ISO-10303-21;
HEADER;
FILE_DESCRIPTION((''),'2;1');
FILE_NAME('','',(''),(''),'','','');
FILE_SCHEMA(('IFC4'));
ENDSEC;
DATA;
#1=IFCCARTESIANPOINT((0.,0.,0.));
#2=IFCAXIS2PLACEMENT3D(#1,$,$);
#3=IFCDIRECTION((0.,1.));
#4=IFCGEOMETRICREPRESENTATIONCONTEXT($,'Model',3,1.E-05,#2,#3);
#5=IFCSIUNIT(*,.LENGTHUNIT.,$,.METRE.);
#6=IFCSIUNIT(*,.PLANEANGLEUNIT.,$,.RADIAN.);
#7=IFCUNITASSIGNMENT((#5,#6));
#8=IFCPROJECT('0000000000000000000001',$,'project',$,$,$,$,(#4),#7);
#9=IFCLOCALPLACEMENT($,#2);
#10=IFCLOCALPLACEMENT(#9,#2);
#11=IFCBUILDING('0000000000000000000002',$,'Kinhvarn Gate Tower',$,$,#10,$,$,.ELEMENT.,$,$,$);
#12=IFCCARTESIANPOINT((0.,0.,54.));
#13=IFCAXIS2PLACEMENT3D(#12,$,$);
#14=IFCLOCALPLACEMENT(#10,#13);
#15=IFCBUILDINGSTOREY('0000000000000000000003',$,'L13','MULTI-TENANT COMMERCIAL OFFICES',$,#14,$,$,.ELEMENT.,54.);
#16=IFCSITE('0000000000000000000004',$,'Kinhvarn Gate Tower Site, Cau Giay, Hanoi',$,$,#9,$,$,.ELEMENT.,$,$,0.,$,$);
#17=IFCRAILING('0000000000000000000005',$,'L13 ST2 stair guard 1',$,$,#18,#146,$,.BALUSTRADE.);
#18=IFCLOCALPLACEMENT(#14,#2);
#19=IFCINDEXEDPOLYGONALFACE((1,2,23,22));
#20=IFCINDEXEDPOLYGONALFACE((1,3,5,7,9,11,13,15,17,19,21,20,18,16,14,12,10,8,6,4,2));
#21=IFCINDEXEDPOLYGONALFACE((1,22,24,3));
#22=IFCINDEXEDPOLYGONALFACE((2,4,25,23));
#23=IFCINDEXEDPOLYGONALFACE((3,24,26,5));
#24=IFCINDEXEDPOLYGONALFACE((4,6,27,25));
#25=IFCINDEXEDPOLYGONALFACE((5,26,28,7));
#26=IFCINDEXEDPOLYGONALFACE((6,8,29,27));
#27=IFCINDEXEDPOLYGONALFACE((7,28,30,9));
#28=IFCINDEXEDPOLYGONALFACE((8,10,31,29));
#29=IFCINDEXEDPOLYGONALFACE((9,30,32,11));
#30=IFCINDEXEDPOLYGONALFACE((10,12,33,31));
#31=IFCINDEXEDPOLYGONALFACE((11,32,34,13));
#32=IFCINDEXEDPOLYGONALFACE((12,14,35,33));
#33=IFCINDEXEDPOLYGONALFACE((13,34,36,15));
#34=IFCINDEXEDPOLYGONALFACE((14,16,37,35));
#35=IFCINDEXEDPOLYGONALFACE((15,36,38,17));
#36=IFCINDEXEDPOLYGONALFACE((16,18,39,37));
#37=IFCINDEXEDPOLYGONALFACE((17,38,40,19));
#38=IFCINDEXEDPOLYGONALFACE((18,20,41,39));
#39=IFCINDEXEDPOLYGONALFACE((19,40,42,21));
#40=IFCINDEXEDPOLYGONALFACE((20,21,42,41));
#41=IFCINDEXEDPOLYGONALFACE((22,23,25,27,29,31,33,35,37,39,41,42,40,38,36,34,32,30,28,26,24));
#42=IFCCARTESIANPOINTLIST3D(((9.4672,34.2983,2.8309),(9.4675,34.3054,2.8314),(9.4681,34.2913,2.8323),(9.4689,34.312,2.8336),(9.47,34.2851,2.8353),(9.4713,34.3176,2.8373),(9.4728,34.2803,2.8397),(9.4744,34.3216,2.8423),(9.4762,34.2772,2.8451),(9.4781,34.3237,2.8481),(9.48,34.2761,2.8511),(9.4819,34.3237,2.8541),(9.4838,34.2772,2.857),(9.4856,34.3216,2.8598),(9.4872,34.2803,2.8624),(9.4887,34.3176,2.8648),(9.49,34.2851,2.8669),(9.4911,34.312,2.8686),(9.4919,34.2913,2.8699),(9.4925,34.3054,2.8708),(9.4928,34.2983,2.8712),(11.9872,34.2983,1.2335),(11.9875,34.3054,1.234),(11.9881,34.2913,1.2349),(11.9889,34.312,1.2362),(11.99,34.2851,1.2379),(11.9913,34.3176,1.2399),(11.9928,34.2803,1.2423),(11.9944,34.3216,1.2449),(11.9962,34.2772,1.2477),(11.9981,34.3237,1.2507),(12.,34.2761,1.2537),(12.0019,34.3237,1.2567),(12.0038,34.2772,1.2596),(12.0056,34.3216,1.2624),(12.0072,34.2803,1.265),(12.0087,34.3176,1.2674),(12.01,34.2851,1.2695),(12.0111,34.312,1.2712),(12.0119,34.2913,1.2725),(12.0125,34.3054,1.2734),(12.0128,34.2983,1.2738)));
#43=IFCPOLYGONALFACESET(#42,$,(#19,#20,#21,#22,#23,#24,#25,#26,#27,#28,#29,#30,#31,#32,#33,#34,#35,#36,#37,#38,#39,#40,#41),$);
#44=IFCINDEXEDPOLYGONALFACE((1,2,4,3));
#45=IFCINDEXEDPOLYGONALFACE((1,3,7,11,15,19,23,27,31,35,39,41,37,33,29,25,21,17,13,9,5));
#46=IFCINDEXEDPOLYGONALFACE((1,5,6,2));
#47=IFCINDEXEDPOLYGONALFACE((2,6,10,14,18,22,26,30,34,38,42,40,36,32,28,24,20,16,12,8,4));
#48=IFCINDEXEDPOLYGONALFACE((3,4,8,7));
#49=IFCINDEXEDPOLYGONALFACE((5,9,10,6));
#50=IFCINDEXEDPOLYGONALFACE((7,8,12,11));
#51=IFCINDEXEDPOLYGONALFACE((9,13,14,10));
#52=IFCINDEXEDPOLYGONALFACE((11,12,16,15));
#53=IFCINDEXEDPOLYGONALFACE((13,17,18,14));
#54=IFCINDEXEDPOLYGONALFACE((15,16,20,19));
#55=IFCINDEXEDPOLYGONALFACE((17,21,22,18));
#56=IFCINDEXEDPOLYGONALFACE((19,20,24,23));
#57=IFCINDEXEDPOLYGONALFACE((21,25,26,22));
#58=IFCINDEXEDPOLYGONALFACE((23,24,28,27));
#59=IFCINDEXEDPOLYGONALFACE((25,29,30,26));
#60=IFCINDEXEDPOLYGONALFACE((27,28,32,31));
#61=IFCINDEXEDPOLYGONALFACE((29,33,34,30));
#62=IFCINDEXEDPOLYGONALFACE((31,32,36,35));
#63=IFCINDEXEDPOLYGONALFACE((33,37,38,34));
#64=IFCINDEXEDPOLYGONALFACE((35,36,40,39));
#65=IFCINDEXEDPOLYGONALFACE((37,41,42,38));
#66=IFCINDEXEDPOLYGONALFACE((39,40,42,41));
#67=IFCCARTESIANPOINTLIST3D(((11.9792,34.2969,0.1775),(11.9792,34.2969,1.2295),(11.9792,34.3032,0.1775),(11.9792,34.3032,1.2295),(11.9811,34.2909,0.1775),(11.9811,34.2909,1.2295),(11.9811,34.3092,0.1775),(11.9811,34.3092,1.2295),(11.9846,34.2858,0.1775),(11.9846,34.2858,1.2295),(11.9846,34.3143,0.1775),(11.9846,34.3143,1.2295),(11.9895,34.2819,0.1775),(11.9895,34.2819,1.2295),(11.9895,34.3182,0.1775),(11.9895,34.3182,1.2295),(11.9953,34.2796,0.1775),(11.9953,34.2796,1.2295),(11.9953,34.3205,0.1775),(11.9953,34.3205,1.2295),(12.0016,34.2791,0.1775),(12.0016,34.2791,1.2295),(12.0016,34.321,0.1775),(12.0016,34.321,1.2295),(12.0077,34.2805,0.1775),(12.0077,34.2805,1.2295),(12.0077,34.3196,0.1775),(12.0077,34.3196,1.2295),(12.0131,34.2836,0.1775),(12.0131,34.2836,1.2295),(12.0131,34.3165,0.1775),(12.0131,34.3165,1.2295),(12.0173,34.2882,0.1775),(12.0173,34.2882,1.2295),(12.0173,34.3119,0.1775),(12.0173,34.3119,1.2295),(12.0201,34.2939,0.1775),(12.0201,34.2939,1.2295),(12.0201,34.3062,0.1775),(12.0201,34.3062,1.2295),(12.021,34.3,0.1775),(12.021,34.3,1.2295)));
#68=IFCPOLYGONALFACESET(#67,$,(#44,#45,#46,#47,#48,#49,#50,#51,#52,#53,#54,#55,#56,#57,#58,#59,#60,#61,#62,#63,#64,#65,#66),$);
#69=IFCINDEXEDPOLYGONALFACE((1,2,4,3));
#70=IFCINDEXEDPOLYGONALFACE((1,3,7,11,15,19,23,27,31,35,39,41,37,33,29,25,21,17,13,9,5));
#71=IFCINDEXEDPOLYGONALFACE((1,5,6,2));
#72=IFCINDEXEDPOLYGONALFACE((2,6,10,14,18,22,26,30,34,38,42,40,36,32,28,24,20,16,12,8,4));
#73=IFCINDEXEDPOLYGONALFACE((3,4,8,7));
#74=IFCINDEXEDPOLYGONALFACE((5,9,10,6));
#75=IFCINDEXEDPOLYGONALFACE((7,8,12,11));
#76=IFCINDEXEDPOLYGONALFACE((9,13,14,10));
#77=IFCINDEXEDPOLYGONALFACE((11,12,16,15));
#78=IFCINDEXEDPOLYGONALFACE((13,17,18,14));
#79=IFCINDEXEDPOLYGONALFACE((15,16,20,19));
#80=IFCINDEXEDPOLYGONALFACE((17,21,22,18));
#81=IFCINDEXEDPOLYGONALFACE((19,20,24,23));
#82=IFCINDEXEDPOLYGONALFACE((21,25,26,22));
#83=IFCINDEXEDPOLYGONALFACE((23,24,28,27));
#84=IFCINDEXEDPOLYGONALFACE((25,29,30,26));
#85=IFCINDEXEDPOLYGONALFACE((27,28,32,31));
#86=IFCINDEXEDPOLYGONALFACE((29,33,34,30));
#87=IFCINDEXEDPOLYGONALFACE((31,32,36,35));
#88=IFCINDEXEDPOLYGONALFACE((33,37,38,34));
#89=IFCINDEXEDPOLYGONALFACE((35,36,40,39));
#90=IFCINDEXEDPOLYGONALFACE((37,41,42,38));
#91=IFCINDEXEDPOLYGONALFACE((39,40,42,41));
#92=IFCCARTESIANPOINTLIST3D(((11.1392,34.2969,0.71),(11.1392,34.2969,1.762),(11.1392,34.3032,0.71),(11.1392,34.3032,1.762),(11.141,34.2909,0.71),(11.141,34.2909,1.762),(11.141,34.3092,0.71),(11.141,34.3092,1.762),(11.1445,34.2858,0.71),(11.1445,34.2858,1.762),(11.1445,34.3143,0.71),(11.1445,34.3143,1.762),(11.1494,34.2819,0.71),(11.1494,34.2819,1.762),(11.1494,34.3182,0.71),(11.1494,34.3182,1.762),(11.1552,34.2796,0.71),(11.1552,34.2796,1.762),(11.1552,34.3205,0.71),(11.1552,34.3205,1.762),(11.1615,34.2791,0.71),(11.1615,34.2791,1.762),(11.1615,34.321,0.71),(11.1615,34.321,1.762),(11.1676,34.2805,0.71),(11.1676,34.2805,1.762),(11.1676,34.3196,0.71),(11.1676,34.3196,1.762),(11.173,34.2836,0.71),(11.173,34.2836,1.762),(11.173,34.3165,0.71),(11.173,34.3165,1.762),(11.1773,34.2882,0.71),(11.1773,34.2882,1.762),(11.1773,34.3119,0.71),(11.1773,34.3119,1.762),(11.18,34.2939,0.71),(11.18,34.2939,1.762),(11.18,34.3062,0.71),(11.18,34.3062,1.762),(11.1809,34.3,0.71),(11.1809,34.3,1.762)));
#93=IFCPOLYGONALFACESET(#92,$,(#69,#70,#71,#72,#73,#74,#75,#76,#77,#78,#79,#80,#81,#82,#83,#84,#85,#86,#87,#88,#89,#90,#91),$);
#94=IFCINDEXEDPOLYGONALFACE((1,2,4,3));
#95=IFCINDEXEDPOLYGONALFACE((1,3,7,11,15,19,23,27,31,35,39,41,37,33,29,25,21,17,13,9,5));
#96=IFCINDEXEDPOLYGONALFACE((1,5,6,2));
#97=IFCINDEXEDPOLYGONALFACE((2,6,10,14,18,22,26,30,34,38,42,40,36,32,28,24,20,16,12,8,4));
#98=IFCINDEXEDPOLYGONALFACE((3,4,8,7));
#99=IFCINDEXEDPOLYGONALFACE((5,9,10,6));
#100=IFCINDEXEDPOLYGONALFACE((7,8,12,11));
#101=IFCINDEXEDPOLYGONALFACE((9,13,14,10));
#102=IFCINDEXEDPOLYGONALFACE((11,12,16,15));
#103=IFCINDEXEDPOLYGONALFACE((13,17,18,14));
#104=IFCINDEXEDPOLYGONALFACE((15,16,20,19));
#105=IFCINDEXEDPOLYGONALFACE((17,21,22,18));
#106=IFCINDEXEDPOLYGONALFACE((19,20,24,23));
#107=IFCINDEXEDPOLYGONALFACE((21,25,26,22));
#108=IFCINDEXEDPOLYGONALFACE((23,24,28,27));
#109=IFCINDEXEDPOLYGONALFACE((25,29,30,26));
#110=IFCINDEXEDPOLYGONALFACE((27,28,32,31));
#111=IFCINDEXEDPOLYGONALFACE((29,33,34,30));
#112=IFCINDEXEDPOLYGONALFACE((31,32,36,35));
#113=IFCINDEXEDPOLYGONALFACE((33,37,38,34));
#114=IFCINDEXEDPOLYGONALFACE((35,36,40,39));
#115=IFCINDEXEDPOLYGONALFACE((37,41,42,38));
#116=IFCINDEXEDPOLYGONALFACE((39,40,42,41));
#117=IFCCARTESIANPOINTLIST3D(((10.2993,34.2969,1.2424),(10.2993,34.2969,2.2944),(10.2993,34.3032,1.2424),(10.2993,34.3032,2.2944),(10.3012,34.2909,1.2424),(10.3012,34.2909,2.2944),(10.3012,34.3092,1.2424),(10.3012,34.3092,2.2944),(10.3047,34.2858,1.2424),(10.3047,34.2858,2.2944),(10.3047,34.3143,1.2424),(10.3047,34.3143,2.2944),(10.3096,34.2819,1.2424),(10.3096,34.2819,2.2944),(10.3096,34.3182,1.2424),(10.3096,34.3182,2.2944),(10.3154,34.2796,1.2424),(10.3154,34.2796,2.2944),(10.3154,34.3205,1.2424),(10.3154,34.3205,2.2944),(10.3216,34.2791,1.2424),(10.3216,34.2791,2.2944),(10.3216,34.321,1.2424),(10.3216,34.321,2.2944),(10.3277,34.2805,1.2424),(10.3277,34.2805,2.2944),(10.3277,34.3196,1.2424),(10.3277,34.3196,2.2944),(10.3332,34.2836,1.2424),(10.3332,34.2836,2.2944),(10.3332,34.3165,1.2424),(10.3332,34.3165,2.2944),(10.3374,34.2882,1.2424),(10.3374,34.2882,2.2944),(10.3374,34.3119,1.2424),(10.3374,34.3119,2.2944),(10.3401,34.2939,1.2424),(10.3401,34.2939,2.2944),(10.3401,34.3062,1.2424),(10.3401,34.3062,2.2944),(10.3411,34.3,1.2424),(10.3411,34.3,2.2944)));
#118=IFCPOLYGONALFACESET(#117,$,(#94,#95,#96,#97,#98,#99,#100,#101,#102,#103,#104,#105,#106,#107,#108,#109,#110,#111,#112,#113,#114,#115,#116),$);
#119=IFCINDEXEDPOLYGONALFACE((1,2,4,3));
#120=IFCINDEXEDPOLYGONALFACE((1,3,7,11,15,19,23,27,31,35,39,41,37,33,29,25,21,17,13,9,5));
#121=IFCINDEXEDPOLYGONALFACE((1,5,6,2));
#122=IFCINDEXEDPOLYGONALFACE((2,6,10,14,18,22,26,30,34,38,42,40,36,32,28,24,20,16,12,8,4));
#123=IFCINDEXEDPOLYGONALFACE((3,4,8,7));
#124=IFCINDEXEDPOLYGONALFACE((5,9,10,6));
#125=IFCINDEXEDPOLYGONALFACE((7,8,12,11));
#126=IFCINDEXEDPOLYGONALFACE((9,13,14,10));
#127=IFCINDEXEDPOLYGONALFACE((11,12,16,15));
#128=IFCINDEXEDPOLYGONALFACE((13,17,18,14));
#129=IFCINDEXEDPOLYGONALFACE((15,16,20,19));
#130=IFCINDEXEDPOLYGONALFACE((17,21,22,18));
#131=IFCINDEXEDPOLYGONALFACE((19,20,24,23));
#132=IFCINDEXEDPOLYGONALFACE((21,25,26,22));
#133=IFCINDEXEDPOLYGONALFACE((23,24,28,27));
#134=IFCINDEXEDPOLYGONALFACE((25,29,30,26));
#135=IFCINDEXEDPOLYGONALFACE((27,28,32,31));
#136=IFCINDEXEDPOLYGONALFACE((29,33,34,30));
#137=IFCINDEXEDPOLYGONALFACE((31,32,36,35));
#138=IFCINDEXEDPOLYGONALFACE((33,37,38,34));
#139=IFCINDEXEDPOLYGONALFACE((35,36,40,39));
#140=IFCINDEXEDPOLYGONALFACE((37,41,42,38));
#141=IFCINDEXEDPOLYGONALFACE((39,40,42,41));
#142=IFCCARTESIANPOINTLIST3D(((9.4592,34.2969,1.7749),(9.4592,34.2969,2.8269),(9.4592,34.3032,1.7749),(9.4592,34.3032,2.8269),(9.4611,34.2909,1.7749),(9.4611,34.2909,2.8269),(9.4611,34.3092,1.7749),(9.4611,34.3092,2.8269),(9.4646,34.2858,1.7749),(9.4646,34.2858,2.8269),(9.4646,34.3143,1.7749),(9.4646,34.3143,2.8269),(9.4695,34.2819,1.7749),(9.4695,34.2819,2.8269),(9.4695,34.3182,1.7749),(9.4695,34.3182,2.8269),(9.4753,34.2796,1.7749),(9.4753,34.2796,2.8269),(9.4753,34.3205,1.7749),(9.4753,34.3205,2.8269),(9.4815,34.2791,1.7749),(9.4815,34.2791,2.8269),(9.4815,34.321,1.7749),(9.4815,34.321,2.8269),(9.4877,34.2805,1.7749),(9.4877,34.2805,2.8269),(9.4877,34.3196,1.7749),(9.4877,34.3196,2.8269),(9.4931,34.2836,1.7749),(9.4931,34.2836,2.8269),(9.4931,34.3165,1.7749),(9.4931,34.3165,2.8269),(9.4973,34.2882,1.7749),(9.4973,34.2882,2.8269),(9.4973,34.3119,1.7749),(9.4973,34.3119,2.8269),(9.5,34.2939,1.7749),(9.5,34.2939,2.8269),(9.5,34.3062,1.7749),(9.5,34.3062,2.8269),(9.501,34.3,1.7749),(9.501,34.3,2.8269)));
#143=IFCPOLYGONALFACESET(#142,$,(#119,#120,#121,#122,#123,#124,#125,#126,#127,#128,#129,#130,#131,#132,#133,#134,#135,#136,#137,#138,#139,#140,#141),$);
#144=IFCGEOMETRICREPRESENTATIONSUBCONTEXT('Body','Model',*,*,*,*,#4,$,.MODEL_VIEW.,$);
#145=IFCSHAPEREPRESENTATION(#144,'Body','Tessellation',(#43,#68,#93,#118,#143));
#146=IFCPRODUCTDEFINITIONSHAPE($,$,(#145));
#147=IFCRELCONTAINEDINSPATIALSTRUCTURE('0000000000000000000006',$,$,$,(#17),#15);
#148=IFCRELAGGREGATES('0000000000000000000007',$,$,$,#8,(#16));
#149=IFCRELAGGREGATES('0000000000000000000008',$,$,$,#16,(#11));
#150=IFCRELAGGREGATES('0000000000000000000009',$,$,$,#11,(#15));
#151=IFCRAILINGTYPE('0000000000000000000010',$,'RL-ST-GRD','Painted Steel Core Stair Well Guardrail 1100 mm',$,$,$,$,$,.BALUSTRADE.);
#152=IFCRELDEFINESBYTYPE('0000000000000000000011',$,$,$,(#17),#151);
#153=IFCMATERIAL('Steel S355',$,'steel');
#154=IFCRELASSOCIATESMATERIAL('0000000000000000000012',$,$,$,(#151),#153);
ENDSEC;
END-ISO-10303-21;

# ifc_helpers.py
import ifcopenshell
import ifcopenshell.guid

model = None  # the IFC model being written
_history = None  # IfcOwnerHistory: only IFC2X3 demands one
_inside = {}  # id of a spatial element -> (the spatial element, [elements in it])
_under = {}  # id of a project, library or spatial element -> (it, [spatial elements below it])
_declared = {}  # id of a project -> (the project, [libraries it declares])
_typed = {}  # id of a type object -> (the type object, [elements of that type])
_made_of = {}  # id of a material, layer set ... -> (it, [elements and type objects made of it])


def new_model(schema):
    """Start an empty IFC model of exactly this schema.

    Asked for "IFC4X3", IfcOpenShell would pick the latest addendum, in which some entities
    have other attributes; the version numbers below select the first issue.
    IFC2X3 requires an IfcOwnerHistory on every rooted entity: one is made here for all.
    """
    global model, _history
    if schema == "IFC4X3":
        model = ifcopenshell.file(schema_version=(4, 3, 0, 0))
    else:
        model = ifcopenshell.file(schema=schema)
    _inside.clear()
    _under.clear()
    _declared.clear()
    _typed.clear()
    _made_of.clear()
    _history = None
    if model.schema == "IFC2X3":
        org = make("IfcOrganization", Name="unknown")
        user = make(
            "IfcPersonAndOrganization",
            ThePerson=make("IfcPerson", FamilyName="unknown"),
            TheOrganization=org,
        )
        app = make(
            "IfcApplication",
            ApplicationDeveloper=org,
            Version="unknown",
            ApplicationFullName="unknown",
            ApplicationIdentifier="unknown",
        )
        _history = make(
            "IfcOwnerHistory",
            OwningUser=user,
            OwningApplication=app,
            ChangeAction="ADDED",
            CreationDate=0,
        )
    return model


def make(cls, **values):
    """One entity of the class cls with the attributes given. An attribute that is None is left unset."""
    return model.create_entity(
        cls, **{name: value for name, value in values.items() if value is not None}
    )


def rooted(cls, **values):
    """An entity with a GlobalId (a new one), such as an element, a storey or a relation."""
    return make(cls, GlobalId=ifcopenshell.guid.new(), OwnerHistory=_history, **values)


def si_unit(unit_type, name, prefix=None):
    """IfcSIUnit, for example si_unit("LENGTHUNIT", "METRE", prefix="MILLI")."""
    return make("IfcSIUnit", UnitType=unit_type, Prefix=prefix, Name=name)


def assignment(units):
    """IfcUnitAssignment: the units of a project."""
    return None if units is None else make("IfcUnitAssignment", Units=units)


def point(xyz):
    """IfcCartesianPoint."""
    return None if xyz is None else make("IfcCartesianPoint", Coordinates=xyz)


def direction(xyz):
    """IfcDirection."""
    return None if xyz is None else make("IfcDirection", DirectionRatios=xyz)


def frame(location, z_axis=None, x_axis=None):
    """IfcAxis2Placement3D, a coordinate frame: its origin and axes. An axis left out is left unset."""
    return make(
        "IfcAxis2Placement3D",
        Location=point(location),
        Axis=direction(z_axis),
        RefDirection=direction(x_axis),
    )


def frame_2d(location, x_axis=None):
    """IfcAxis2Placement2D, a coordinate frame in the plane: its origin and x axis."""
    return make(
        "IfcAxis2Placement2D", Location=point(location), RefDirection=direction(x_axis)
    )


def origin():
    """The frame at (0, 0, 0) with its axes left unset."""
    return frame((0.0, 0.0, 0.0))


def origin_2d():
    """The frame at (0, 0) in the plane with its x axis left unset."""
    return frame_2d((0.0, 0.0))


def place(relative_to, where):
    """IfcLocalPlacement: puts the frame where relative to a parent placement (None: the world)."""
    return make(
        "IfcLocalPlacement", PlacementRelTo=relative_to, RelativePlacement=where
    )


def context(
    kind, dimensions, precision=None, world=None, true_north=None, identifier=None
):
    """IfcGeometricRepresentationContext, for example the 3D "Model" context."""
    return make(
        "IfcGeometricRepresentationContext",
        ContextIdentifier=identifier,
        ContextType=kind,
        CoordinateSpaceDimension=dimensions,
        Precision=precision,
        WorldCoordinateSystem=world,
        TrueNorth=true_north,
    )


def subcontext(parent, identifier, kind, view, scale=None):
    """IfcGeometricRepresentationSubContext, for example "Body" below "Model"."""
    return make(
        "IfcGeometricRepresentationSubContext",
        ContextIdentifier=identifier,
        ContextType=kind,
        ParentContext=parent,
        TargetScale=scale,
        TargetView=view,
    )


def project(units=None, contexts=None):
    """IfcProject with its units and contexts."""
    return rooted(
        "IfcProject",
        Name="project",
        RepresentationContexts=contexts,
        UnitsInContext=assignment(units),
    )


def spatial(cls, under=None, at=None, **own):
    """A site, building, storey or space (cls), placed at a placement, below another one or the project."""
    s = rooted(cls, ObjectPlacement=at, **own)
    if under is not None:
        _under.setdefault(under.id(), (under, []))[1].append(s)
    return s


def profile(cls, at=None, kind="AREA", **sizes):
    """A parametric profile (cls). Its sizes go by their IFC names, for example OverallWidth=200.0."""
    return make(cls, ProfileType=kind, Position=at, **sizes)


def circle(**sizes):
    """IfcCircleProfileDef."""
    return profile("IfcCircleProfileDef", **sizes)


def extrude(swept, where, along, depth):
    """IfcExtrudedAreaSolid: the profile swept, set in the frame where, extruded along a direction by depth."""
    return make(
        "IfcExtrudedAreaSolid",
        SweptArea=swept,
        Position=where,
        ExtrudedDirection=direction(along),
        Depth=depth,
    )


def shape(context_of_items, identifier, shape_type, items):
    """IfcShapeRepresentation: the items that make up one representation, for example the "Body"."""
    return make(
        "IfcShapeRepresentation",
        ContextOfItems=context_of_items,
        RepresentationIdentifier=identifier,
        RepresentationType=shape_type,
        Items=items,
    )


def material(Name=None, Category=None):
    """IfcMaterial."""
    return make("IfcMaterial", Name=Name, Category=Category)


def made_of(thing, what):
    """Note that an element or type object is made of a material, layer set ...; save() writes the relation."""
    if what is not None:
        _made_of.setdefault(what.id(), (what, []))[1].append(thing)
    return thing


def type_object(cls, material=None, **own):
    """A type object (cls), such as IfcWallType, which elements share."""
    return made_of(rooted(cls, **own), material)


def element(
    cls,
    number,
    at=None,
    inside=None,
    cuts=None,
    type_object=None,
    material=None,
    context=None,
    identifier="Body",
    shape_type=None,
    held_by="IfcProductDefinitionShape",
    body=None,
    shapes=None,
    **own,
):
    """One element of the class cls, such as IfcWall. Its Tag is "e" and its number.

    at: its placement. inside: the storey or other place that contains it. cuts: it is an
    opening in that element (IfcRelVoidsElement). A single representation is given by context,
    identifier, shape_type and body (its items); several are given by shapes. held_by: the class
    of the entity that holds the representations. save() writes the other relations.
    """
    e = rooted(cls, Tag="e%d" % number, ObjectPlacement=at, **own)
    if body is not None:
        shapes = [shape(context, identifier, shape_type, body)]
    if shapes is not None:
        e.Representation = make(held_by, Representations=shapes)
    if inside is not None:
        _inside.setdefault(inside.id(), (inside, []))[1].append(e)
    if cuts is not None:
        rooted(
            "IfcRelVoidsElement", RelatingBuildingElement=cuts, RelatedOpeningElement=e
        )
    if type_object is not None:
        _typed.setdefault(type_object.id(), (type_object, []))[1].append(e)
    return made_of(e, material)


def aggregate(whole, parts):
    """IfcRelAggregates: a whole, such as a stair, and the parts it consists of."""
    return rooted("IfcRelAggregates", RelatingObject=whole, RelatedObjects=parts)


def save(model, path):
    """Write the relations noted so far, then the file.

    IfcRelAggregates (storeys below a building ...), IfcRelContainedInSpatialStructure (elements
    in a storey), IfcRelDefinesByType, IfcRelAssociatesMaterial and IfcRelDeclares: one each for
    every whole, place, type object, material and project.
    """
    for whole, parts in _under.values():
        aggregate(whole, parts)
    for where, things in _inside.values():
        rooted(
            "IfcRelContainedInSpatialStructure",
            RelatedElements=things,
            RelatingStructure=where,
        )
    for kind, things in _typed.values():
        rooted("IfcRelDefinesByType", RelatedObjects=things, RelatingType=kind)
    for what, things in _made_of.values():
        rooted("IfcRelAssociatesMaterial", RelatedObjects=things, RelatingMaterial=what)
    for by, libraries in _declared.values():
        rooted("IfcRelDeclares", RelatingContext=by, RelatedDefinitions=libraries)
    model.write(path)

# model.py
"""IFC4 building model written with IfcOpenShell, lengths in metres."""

from ifc_helpers import new_model, si_unit, direction, frame, origin, origin_2d, place, context, subcontext, project, spatial, circle, extrude, material, type_object, element, save


model = new_model("IFC4")

# Units and contexts
model_context = context("Model", 3, precision=1e-05, world=origin(), true_north=direction((0.0, 1.0)))
body_context = subcontext(model_context, "Body", "Model", "MODEL_VIEW")
ifc_project = project(units=[si_unit("LENGTHUNIT", "METRE"), si_unit("PLANEANGLEUNIT", "RADIAN")], contexts=[model_context])

# Site, building, storey
site_placement = place(None, origin())
site = spatial("IfcSite", under=ifc_project, at=site_placement, Name="Kinhvarn Gate Tower Site, Cau Giay, Hanoi", CompositionType="ELEMENT", RefElevation=0.0)
building_placement = place(site_placement, origin())
building = spatial("IfcBuilding", under=site, at=building_placement, Name="Kinhvarn Gate Tower", CompositionType="ELEMENT")
storey_placement = place(building_placement, frame((0.0, 0.0, 54.0)))
storey = spatial("IfcBuildingStorey", under=building, at=storey_placement, Name="L13", Description="MULTI-TENANT COMMERCIAL OFFICES", CompositionType="ELEMENT", Elevation=54.0)

# Shared definitions
ifc_material_1 = material(Name="Steel S355", Category="steel")

# Railing
railing_type_1 = type_object("IfcRailingType", Name="RL-ST-GRD", Description="Painted Steel Core Stair Well Guardrail 1100 mm", PredefinedType="BALUSTRADE", material=ifc_material_1)
railing_1_placement = place(storey_placement, frame((12.0, 34.3, 0.1775)))
element("IfcRailing", 1, at=railing_1_placement, inside=storey, type_object=railing_type_1, Name="L13 ST2 stair guard 1", PredefinedType="BALUSTRADE", context=body_context, shape_type="SweptSolid", body=[
    extrude(circle(Radius=0.0239, at=origin_2d()), frame((0.0, 0.0, 1.0762), z_axis=(-0.844607, 0.0, 0.535387), x_axis=(0.0, -1.0, 0.0)), (0.0, 0.0, 1.0), 2.9836),
    extrude(circle(Radius=0.021, at=origin_2d()), origin(), (0.0, 0.0, 1.0), 1.052),
    extrude(circle(Radius=0.021, at=origin_2d()), frame((-0.8401, 0.0, 0.5325)), (0.0, 0.0, 1.0), 1.052),
    extrude(circle(Radius=0.021, at=origin_2d()), frame((-1.6799, 0.0, 1.0649)), (0.0, 0.0, 1.0), 1.052),
    extrude(circle(Radius=0.021, at=origin_2d()), frame((-2.52, 0.0, 1.5974)), (0.0, 0.0, 1.0), 1.052),
])

save(model, "model.ifc")
